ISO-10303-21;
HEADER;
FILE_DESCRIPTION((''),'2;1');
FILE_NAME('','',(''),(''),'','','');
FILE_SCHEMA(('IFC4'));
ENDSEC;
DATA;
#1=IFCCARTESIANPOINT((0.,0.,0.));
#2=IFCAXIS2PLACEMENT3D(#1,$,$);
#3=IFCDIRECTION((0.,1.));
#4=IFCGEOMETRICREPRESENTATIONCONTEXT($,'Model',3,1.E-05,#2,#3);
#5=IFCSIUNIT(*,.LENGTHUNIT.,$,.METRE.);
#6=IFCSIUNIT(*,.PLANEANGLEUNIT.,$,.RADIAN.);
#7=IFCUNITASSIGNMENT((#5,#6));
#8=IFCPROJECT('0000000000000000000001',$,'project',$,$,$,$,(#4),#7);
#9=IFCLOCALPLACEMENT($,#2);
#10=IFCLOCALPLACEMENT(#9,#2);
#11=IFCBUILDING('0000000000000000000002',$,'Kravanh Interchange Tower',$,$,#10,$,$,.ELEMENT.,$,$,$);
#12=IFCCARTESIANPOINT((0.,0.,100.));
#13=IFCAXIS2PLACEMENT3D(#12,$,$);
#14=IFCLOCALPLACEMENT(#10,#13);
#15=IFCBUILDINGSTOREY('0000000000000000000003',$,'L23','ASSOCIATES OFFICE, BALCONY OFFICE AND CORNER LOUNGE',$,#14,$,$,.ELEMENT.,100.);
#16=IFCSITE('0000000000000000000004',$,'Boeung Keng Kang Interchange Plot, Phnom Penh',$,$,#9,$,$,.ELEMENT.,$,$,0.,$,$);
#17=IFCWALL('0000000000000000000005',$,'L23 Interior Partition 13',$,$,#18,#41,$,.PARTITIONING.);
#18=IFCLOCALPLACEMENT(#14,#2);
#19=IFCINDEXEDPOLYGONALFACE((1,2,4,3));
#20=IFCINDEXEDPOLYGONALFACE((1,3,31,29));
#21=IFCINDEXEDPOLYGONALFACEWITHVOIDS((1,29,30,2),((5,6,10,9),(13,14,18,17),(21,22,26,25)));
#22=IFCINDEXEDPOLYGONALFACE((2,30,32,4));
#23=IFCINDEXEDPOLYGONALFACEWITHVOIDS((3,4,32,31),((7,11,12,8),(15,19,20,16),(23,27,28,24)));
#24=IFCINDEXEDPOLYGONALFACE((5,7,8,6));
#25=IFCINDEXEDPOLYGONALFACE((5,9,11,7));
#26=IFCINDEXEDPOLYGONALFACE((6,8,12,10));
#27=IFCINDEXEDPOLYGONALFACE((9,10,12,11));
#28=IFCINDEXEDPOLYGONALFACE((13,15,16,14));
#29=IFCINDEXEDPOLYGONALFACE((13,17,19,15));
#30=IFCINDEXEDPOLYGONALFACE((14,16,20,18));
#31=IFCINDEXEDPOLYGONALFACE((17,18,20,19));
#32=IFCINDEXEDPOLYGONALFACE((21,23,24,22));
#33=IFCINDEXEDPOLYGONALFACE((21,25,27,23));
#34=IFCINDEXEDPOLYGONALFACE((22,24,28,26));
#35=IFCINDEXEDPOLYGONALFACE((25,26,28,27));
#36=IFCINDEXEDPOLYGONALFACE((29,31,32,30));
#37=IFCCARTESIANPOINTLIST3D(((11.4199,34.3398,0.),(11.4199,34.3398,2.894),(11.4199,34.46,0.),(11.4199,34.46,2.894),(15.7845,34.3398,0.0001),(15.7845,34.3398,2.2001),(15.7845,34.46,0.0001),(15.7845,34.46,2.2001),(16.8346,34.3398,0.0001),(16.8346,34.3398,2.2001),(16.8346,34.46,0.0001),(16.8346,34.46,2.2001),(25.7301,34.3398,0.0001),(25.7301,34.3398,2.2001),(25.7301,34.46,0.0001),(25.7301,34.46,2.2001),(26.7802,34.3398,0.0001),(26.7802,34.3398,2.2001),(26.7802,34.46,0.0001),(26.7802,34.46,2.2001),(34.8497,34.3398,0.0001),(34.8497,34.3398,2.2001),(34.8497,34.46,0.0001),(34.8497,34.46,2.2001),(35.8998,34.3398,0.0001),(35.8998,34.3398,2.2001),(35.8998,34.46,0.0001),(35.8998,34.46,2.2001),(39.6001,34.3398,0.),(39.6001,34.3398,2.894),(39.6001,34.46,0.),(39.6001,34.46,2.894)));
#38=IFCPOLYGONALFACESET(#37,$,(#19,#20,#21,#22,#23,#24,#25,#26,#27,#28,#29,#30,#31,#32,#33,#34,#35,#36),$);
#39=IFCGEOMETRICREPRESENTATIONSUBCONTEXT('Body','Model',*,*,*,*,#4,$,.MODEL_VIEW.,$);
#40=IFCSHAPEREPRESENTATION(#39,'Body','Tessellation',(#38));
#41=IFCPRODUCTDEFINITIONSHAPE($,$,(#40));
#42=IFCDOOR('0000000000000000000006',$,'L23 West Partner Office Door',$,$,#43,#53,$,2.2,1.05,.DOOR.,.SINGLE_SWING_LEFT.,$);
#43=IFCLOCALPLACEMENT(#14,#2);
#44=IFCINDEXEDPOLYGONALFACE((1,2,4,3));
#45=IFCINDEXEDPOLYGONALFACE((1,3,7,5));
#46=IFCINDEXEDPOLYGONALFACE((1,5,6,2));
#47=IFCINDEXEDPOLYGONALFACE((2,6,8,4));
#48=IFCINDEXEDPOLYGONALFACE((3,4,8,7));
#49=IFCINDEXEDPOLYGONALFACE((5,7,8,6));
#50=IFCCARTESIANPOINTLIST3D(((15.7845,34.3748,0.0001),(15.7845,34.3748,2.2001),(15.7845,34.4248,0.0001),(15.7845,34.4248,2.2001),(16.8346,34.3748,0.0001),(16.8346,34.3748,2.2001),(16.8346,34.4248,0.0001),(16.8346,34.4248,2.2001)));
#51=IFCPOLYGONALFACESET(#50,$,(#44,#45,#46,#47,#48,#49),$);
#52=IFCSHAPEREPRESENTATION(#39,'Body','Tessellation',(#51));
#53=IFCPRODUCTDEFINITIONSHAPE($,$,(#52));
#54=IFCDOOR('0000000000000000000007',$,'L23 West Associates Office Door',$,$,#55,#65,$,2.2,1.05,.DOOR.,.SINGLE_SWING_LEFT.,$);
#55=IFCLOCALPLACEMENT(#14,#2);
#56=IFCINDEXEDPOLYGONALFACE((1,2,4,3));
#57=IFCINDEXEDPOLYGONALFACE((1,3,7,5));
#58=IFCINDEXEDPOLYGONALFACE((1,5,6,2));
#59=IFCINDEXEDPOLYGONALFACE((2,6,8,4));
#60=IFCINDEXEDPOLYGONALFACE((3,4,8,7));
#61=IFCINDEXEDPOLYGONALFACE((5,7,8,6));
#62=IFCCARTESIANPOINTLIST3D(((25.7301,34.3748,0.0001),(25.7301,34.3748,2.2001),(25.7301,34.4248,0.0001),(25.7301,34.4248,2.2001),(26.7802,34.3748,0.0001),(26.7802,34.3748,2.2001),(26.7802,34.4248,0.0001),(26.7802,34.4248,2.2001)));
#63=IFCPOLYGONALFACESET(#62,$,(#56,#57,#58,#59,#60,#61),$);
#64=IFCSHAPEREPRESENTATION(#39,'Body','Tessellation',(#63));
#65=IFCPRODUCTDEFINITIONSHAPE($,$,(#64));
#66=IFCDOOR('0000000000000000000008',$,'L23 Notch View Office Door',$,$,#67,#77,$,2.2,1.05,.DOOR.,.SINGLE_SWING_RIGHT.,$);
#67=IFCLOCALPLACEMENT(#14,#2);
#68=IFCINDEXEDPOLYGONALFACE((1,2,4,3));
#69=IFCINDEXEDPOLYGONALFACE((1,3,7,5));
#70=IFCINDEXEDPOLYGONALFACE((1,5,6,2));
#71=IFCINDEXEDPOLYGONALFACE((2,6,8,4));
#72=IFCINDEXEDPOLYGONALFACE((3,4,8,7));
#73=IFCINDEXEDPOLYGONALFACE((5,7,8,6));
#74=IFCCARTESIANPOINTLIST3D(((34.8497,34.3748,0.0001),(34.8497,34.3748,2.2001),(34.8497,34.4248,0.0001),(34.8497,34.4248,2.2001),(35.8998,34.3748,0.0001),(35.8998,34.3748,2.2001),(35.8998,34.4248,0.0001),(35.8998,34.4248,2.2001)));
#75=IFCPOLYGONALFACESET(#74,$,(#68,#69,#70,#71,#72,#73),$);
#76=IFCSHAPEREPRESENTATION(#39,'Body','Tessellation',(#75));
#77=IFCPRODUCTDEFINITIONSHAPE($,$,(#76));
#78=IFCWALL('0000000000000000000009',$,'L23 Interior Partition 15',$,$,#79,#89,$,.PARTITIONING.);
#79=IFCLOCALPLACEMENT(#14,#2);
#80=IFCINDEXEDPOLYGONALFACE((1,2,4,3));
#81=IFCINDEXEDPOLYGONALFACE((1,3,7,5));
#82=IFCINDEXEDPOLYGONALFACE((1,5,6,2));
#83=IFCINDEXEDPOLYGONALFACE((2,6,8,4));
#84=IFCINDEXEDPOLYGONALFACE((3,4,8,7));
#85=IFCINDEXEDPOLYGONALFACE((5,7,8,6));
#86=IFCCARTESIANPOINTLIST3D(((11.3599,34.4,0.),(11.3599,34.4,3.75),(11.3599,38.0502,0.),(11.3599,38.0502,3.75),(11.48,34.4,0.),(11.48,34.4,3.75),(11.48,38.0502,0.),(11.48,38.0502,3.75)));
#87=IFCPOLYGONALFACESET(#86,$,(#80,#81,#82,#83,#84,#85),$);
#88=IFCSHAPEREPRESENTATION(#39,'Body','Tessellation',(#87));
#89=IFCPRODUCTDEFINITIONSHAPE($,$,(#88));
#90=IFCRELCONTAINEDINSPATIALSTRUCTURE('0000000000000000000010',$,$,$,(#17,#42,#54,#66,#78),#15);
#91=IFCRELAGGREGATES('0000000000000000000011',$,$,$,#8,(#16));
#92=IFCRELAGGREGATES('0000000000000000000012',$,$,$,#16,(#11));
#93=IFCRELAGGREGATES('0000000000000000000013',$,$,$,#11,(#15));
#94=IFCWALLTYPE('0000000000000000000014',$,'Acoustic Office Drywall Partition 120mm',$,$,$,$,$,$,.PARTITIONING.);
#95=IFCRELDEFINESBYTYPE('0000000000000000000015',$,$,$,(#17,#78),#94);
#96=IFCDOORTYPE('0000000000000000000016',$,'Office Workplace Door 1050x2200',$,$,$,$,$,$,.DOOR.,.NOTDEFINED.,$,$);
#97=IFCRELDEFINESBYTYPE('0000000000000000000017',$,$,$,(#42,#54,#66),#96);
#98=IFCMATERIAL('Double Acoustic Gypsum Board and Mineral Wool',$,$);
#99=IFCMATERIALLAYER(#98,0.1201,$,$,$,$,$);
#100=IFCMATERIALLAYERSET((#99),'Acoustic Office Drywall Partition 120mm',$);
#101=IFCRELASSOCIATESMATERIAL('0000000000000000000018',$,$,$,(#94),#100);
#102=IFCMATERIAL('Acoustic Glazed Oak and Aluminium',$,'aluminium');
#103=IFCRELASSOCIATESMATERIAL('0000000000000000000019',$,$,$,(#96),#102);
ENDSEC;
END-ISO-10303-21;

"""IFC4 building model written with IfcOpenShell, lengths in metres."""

from ifc_helpers import new_model, si_unit, direction, frame, frame_2d, origin, place, context, subcontext, project, spatial, rectangle, extrude, material, layer, layer_set, type_object, element, fill, save


model = new_model("IFC4")

# Units and contexts
model_context = context("Model", 3, precision=1e-05, world=origin(), true_north=direction((0.0, 1.0)))
body_context = subcontext(model_context, "Body", "Model", "MODEL_VIEW")
ifc_project = project(units=[si_unit("LENGTHUNIT", "METRE"), si_unit("PLANEANGLEUNIT", "RADIAN")], contexts=[model_context])

# Site, building, storey
site_placement = place(None, origin())
site = spatial("IfcSite", under=ifc_project, at=site_placement, Name="Boeung Keng Kang Interchange Plot, Phnom Penh", CompositionType="ELEMENT", RefElevation=0.0)
building_placement = place(site_placement, origin())
building = spatial("IfcBuilding", under=site, at=building_placement, Name="Kravanh Interchange Tower", CompositionType="ELEMENT")
storey_placement = place(building_placement, frame((0.0, 0.0, 100.0)))
storey = spatial("IfcBuildingStorey", under=building, at=storey_placement, Name="L23", Description="ASSOCIATES OFFICE, BALCONY OFFICE AND CORNER LOUNGE", CompositionType="ELEMENT", Elevation=100.0)

# Wall, openings, doors
ifc_material_1 = material(Name="Double Acoustic Gypsum Board and Mineral Wool")
ifc_layer_1 = layer(ifc_material_1, 0.1201)
ifc_layer_set_1 = layer_set([ifc_layer_1], Name="Acoustic Office Drywall Partition 120mm")
wall_type = type_object("IfcWallType", Name="Acoustic Office Drywall Partition 120mm", PredefinedType="PARTITIONING", material=ifc_layer_set_1)
wall_1_placement = place(storey_placement, frame((11.4199, 34.3999, 0.0), z_axis=(0.0, 0.0, 1.0), x_axis=(1.0, 0.0, 0.0)))
wall_1 = element("IfcWall", 1, at=wall_1_placement, inside=storey, type_object=wall_type, Name="L23 Interior Partition 13", PredefinedType="PARTITIONING", context=body_context, shape_type="SweptSolid", body=[
    extrude(rectangle(XDim=28.1802, YDim=0.1201, at=frame_2d((14.0901, 0.0))), origin(), (0.0, 0.0, 1.0), 2.894),
])
opening_1_placement = place(wall_1_placement, frame((4.3647, 0.0, 0.0)))
opening_1 = element("IfcOpeningElement", 2, at=opening_1_placement, cuts=wall_1, PredefinedType="OPENING", context=body_context, shape_type="SweptSolid", body=[
    extrude(rectangle(XDim=1.05, YDim=2.2, at=frame_2d((0.5249, 1.1001))), frame((0.0, 0.0701, 0.0), z_axis=(0.0, -1.0, 0.0), x_axis=(1.0, 0.0, 0.0)), (0.0, 0.0, 1.0), 0.1401),
])
opening_2_placement = place(wall_1_placement, frame((14.3103, 0.0, 0.0)))
opening_2 = element("IfcOpeningElement", 3, at=opening_2_placement, cuts=wall_1, PredefinedType="OPENING", context=body_context, shape_type="SweptSolid", body=[
    extrude(rectangle(XDim=1.05, YDim=2.2, at=frame_2d((0.5249, 1.1001))), frame((0.0, 0.0701, 0.0), z_axis=(0.0, -1.0, 0.0), x_axis=(1.0, 0.0, 0.0)), (0.0, 0.0, 1.0), 0.1401),
])
opening_3_placement = place(wall_1_placement, frame((23.4299, 0.0, 0.0)))
opening_3 = element("IfcOpeningElement", 4, at=opening_3_placement, cuts=wall_1, PredefinedType="OPENING", context=body_context, shape_type="SweptSolid", body=[
    extrude(rectangle(XDim=1.05, YDim=2.2, at=frame_2d((0.5249, 1.1001))), frame((0.0, 0.0701, 0.0), z_axis=(0.0, -1.0, 0.0), x_axis=(1.0, 0.0, 0.0)), (0.0, 0.0, 1.0), 0.1401),
])
ifc_material_2 = material(Name="Acoustic Glazed Oak and Aluminium", Category="aluminium")
door_type = type_object("IfcDoorType", Name="Office Workplace Door 1050x2200", OperationType="NOTDEFINED", PredefinedType="DOOR", material=ifc_material_2)
door_1_placement = place(opening_1_placement, origin())
door_1 = element("IfcDoor", 5, at=door_1_placement, inside=storey, type_object=door_type, Name="L23 West Partner Office Door", OperationType="SINGLE_SWING_LEFT", OverallHeight=2.2, OverallWidth=1.05, PredefinedType="DOOR", context=body_context, shape_type="SweptSolid", body=[
    extrude(rectangle(XDim=1.05, YDim=2.2, at=frame_2d((0.5249, 1.1001))), frame((0.0, 0.0249, 0.0), z_axis=(0.0, -1.0, 0.0), x_axis=(1.0, 0.0, 0.0)), (0.0, 0.0, 1.0), 0.05),
])
fill(opening_1, door_1)
door_2_placement = place(opening_2_placement, origin())
door_2 = element("IfcDoor", 6, at=door_2_placement, inside=storey, type_object=door_type, Name="L23 West Associates Office Door", OperationType="SINGLE_SWING_LEFT", OverallHeight=2.2, OverallWidth=1.05, PredefinedType="DOOR", context=body_context, shape_type="SweptSolid", body=[
    extrude(rectangle(XDim=1.05, YDim=2.2, at=frame_2d((0.5249, 1.1001))), frame((0.0, 0.0249, 0.0), z_axis=(0.0, -1.0, 0.0), x_axis=(1.0, 0.0, 0.0)), (0.0, 0.0, 1.0), 0.05),
])
fill(opening_2, door_2)
door_3_placement = place(opening_3_placement, origin())
door_3 = element("IfcDoor", 7, at=door_3_placement, inside=storey, type_object=door_type, Name="L23 Notch View Office Door", OperationType="SINGLE_SWING_RIGHT", OverallHeight=2.2, OverallWidth=1.05, PredefinedType="DOOR", context=body_context, shape_type="SweptSolid", body=[
    extrude(rectangle(XDim=1.05, YDim=2.2, at=frame_2d((0.5249, 1.1001))), frame((0.0, 0.0249, 0.0), z_axis=(0.0, -1.0, 0.0), x_axis=(1.0, 0.0, 0.0)), (0.0, 0.0, 1.0), 0.05),
])
fill(opening_3, door_3)

# Wall
wall_2_placement = place(storey_placement, frame((11.4199, 34.3999, 0.0), z_axis=(0.0, 0.0, 1.0), x_axis=(0.0, 1.0, 0.0)))
element("IfcWall", 8, at=wall_2_placement, inside=storey, type_object=wall_type, Name="L23 Interior Partition 15", PredefinedType="PARTITIONING", context=body_context, shape_type="SweptSolid", body=[
    extrude(rectangle(XDim=3.6501, YDim=0.1201, at=frame_2d((1.8252, 0.0))), origin(), (0.0, 0.0, 1.0), 3.75),
])

save(model, "model.ifc")
